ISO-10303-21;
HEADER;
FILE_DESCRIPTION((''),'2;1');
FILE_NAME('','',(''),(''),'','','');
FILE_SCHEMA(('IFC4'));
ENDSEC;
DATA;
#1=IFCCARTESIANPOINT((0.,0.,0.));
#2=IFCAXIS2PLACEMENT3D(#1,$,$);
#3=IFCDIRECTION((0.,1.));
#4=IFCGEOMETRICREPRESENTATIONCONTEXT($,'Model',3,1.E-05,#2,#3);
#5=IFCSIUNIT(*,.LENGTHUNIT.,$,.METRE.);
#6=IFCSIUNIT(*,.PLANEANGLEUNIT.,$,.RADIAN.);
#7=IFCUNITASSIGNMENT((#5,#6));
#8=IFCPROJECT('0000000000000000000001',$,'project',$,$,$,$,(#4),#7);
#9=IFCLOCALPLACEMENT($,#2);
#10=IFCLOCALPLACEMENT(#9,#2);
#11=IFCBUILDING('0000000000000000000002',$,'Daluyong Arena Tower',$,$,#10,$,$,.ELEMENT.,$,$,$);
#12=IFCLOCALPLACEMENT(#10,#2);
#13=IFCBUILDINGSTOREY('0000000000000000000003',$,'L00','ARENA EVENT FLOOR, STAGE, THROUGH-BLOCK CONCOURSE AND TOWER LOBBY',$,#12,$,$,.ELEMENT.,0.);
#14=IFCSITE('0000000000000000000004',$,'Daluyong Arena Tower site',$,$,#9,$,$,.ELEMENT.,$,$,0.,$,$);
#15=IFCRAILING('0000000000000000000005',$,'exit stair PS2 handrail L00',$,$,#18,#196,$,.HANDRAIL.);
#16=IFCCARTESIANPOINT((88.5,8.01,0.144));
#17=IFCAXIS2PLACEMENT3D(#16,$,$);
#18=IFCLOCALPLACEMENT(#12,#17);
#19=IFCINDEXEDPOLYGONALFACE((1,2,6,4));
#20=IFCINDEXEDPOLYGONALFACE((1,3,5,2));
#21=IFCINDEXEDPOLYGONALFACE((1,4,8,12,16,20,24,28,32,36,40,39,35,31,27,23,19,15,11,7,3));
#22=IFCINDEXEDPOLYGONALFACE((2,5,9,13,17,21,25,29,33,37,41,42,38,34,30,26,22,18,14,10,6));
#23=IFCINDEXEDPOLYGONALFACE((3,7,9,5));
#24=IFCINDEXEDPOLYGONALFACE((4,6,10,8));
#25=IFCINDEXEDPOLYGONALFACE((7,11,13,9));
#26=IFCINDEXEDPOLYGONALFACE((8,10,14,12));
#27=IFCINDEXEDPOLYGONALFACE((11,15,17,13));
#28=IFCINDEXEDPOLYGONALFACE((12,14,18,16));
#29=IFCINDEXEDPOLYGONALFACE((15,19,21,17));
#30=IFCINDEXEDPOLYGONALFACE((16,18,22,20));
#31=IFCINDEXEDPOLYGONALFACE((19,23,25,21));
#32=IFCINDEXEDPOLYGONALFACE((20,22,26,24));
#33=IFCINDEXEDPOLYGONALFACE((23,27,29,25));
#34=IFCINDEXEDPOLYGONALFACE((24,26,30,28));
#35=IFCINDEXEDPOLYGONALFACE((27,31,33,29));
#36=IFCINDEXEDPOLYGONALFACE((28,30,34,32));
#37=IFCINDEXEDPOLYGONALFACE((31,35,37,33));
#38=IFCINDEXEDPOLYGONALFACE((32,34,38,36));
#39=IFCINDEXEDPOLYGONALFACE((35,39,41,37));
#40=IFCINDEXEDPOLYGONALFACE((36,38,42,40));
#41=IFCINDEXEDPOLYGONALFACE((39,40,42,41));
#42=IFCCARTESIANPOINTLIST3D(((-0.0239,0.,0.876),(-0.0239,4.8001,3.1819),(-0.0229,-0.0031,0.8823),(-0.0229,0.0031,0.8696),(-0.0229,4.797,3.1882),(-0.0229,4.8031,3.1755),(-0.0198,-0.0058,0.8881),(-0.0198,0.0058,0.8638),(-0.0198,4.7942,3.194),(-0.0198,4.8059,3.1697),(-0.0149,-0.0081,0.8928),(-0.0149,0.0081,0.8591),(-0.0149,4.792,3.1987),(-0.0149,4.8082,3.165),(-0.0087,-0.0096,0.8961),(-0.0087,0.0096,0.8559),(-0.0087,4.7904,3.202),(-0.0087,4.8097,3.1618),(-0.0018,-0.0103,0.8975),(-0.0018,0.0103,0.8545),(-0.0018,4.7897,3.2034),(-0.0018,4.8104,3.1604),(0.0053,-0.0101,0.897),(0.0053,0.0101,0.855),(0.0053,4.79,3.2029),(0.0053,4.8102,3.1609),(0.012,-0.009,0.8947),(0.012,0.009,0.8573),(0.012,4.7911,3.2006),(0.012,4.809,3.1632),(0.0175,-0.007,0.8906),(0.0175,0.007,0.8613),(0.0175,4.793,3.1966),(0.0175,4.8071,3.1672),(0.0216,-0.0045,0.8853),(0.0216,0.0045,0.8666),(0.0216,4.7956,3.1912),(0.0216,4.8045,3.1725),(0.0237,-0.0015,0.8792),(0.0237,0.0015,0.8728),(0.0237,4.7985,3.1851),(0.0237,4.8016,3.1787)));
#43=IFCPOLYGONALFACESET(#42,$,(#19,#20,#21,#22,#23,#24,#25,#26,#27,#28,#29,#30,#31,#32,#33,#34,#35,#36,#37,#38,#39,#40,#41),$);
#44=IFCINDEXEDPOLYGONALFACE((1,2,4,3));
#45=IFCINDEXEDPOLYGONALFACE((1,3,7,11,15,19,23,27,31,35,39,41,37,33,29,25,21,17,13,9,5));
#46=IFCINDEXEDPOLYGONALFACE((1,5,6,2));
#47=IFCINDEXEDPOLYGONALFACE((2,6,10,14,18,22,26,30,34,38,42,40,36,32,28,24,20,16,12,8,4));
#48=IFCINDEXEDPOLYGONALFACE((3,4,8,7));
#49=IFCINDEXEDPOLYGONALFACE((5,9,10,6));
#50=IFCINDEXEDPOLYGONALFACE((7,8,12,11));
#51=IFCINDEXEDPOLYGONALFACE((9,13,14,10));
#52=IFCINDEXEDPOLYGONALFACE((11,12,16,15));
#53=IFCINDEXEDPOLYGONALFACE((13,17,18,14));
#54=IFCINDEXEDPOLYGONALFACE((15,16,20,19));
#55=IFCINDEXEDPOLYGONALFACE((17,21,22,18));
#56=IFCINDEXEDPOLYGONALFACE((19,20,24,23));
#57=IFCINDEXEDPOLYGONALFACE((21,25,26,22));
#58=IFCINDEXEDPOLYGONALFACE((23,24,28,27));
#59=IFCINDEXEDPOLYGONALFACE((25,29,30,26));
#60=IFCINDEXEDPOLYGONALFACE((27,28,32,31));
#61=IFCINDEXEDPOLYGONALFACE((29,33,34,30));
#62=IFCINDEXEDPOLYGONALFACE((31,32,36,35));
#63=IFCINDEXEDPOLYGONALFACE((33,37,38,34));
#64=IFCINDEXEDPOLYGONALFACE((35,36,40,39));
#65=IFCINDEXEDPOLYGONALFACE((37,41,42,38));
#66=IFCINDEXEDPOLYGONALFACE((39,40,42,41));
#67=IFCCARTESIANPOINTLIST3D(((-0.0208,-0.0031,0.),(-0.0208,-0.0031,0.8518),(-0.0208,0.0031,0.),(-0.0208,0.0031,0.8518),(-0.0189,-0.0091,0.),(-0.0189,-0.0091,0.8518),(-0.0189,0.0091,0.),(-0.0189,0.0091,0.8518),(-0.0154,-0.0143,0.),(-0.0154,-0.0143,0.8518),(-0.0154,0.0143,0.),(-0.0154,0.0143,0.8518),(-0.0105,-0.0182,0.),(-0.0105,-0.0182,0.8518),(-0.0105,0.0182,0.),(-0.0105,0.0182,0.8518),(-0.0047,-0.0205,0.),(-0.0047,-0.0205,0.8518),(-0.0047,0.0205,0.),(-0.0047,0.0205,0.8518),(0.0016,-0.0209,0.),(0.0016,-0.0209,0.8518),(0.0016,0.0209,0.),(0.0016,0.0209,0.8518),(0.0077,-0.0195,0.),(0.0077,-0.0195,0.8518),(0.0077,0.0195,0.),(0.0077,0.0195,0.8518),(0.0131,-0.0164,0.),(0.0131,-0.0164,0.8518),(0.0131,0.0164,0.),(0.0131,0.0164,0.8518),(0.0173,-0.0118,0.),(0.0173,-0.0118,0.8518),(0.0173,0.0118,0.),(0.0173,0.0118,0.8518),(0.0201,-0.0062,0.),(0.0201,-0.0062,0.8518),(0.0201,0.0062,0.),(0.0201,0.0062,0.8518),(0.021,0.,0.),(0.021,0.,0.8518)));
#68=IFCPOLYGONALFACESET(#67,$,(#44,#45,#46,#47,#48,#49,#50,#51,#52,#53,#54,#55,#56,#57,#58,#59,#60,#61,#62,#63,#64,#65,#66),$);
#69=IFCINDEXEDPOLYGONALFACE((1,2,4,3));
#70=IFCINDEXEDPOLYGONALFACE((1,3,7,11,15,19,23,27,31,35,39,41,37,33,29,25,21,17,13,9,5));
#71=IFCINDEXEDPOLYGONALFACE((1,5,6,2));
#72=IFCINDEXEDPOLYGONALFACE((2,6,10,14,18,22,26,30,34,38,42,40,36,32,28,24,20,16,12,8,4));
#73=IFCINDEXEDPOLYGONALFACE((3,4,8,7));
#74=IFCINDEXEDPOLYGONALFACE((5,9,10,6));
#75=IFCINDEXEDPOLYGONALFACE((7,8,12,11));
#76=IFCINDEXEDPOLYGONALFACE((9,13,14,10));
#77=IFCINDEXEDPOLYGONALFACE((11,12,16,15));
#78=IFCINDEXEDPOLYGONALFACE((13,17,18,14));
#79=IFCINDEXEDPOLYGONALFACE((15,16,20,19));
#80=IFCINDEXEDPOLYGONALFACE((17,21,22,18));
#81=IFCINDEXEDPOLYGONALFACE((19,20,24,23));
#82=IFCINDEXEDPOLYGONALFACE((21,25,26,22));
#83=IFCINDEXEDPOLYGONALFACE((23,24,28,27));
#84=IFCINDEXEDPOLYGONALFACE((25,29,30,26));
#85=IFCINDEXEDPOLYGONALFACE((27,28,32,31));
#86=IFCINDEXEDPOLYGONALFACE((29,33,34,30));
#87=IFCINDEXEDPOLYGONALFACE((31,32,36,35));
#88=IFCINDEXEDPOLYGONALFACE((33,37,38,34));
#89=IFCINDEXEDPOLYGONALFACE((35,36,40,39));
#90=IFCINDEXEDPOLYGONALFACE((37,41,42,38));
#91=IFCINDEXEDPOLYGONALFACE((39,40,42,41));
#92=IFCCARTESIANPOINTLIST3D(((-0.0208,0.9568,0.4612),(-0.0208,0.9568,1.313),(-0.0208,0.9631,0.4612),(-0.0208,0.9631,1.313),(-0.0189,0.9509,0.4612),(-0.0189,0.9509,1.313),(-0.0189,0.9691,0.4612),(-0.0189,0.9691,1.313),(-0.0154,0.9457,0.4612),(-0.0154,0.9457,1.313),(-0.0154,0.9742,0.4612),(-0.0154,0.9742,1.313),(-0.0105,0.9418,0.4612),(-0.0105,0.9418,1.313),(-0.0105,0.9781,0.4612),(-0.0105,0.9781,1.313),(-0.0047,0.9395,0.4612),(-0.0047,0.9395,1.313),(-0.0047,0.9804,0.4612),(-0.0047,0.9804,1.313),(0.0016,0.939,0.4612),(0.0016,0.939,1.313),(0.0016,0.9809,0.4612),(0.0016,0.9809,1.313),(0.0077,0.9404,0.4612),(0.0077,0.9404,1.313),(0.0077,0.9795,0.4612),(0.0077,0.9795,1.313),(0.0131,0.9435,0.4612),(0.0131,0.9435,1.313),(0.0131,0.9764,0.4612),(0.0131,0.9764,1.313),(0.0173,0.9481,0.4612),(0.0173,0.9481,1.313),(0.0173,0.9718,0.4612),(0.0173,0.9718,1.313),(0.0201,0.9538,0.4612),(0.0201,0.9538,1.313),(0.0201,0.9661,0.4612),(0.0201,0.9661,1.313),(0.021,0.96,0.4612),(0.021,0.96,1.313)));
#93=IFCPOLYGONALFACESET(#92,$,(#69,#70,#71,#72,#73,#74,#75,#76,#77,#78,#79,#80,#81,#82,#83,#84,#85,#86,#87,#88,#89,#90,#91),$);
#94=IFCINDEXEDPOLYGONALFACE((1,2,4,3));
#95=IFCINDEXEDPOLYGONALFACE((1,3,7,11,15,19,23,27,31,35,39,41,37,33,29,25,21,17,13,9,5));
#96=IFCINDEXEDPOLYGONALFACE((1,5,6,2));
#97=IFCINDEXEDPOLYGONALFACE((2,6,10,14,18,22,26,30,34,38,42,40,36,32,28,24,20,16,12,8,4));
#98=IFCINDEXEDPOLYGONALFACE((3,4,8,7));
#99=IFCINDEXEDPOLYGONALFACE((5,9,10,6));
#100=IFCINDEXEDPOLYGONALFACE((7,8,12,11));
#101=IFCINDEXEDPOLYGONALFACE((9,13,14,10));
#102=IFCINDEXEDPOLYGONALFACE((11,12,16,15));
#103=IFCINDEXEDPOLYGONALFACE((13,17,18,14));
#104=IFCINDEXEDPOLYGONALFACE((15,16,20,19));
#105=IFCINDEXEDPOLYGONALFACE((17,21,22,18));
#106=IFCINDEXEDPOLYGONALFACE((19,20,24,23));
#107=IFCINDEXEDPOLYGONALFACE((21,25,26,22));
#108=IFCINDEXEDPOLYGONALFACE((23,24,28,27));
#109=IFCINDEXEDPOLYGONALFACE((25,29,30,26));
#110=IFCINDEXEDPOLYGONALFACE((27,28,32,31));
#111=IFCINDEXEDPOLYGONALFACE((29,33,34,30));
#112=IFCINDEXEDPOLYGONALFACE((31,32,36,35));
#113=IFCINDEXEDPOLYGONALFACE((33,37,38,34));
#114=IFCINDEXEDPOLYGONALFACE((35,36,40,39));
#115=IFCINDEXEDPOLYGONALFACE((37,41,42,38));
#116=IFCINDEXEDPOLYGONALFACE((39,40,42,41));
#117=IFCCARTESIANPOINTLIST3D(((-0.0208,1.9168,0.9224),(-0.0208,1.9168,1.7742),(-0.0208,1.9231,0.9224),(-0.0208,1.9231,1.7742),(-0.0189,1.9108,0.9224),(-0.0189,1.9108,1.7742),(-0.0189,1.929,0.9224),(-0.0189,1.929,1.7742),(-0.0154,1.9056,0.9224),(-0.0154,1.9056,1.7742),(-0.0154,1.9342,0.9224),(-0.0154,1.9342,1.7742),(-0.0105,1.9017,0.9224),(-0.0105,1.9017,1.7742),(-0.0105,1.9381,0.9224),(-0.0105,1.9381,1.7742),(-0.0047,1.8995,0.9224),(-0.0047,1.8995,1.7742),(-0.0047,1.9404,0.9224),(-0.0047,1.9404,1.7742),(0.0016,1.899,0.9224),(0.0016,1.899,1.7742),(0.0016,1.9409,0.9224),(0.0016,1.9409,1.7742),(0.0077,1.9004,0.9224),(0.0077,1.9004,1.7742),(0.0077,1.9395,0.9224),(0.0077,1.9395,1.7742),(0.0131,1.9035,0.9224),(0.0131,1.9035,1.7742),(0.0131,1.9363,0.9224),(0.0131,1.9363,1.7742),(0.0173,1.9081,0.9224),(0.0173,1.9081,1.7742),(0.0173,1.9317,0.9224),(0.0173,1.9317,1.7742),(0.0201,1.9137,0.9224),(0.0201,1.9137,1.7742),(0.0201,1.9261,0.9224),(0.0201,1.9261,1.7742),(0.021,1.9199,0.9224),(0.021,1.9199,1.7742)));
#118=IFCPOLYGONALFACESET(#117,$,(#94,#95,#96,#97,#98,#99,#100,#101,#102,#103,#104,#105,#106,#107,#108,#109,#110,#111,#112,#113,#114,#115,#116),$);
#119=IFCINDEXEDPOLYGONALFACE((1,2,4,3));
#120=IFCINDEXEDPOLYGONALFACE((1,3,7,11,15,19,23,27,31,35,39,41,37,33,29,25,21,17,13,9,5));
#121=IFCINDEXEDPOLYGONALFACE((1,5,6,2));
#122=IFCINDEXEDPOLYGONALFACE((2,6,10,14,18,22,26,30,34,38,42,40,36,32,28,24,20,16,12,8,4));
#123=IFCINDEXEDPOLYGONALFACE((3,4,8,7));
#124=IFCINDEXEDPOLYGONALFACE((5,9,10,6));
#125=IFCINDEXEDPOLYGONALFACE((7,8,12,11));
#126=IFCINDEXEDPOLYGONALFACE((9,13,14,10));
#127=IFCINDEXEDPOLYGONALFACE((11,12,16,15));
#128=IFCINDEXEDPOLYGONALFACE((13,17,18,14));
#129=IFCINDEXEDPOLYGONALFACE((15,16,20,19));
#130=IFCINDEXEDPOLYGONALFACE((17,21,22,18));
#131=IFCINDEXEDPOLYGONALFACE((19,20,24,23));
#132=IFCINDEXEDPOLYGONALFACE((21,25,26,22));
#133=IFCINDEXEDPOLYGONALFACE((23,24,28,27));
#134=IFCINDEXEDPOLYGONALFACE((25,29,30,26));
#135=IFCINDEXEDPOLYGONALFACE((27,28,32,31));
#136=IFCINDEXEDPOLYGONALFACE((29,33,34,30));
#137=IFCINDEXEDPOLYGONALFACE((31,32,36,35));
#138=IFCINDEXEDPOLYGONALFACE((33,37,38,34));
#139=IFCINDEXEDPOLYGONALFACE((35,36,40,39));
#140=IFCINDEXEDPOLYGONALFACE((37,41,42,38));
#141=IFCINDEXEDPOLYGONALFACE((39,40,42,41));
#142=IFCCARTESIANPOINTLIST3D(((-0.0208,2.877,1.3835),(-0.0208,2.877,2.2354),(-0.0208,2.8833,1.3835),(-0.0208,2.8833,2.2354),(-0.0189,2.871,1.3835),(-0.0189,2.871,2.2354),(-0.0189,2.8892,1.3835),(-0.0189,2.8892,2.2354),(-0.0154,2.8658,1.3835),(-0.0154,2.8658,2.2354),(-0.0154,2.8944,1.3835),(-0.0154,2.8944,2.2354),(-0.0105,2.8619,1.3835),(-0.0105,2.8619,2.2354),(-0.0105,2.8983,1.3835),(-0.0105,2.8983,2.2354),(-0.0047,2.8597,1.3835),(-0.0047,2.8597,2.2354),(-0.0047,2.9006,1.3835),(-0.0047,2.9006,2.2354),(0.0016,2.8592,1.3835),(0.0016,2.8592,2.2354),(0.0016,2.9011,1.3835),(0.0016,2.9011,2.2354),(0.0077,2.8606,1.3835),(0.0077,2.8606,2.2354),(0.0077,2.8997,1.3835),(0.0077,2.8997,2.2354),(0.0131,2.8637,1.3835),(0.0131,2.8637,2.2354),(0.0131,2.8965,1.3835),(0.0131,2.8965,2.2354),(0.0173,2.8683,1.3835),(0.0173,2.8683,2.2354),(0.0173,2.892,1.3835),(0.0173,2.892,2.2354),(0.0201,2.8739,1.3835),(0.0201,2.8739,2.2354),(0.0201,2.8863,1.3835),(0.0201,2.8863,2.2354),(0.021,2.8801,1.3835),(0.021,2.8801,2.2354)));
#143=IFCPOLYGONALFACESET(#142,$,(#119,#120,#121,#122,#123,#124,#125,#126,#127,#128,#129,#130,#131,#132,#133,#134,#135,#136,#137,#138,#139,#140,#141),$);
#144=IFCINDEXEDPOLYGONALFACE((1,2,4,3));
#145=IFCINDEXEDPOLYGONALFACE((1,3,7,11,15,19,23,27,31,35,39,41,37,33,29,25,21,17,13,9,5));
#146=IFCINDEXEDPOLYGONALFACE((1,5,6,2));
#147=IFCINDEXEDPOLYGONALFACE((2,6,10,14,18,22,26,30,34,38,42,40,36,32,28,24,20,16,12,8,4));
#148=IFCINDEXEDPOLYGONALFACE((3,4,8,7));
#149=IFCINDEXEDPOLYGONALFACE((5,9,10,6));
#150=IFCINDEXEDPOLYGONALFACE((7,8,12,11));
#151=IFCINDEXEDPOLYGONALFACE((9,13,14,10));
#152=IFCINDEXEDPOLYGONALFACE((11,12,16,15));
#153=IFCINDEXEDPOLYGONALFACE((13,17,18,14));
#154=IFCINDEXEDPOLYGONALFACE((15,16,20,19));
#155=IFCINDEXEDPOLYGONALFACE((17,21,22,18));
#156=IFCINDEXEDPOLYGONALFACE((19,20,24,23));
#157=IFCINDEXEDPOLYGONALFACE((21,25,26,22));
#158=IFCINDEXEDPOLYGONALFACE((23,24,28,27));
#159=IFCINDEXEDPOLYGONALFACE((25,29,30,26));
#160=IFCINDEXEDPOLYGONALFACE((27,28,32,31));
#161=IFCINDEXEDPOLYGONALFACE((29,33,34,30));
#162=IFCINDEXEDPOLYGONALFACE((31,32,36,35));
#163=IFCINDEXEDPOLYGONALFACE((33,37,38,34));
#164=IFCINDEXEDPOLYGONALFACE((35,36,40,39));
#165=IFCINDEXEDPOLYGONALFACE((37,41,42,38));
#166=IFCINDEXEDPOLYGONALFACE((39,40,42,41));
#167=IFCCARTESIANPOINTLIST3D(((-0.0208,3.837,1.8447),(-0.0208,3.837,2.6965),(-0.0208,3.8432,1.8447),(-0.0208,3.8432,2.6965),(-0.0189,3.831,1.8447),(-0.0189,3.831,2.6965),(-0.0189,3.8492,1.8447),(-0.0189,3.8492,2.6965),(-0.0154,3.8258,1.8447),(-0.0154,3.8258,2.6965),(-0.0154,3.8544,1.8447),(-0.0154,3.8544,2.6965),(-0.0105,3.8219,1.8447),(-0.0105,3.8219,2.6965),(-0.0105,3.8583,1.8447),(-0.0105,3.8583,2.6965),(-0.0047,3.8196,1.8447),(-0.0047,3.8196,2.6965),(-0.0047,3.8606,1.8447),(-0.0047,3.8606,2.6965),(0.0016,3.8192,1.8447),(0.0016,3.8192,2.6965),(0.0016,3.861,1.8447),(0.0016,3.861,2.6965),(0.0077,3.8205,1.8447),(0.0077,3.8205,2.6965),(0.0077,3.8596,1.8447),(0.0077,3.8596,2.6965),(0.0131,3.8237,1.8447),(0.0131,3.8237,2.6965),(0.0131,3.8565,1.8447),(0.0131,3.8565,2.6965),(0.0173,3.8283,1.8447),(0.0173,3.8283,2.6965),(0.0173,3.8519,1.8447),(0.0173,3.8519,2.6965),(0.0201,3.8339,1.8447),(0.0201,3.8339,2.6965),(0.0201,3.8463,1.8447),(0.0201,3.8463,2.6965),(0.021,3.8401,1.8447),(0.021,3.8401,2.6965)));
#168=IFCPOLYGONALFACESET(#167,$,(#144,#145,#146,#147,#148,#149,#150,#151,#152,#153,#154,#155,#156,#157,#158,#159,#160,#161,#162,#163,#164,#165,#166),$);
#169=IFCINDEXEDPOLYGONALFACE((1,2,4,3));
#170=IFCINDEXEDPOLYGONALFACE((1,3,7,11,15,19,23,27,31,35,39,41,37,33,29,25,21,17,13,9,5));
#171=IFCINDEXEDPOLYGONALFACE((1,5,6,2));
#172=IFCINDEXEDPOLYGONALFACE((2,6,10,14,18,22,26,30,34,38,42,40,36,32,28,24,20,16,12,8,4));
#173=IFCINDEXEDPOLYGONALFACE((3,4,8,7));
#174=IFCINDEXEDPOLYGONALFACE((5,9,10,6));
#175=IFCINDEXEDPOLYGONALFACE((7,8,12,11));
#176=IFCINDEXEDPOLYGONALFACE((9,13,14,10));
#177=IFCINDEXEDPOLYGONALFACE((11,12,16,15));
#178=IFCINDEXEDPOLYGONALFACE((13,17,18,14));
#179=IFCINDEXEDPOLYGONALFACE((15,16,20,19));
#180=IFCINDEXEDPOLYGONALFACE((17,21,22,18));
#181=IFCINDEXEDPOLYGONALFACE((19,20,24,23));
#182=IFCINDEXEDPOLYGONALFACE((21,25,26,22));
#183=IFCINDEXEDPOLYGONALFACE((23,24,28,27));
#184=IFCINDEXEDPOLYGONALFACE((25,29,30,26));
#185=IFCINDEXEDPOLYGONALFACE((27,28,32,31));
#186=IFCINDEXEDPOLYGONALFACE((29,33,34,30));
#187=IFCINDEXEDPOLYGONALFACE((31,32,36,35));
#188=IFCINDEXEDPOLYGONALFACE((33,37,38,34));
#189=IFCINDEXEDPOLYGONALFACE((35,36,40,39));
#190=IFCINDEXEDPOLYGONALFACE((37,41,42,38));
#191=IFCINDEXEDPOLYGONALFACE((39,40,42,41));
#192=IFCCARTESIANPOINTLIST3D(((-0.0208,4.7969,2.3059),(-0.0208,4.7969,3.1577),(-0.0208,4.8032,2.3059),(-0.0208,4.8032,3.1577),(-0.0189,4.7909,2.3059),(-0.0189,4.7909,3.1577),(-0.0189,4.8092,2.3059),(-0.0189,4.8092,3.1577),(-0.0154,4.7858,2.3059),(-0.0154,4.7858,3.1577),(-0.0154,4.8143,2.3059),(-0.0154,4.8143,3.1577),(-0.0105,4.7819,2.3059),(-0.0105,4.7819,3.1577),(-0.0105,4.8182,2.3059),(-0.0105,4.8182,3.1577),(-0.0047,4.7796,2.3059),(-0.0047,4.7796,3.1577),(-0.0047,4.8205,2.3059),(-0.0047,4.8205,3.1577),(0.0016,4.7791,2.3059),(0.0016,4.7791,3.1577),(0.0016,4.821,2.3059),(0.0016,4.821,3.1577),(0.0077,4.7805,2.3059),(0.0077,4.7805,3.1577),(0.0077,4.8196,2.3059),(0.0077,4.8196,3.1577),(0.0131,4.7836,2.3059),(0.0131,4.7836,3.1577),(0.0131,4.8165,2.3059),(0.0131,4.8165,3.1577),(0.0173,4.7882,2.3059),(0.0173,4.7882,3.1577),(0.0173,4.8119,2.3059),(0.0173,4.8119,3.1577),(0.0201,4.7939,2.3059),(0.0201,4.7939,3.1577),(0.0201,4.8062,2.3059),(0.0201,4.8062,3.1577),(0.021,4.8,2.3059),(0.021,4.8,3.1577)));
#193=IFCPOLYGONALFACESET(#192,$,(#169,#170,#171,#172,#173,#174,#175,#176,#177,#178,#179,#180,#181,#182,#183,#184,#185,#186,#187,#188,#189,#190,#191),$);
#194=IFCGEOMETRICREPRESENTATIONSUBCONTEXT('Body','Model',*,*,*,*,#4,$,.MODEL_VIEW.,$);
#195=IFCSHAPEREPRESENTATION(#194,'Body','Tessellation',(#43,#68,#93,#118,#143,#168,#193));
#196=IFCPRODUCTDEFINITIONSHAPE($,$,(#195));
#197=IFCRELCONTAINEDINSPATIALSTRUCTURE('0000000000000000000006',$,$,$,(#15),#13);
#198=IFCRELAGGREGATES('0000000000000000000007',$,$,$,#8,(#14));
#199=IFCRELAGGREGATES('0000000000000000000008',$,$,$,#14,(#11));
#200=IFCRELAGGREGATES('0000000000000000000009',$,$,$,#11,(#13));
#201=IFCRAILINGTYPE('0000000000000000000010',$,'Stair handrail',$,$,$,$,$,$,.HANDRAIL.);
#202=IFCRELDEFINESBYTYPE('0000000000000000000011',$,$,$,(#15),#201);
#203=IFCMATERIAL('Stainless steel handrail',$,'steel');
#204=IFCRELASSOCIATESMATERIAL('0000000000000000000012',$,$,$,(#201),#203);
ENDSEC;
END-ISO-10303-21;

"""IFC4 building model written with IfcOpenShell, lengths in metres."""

from ifc_helpers import new_model, si_unit, direction, frame, origin, origin_2d, place, context, subcontext, project, spatial, circle, extrude, material, type_object, element, save


model = new_model("IFC4")

# Units and contexts
model_context = context("Model", 3, precision=1e-05, world=origin(), true_north=direction((0.0, 1.0)))
body_context = subcontext(model_context, "Body", "Model", "MODEL_VIEW")
ifc_project = project(units=[si_unit("LENGTHUNIT", "METRE"), si_unit("PLANEANGLEUNIT", "RADIAN")], contexts=[model_context])

# Site, building, storey
site_placement = place(None, origin())
site = spatial("IfcSite", under=ifc_project, at=site_placement, Name="Daluyong Arena Tower site", CompositionType="ELEMENT", RefElevation=0.0)
building_placement = place(site_placement, origin())
building = spatial("IfcBuilding", under=site, at=building_placement, Name="Daluyong Arena Tower", CompositionType="ELEMENT")
storey_placement = place(building_placement, origin())
storey = spatial("IfcBuildingStorey", under=building, at=storey_placement, Name="L00", Description="ARENA EVENT FLOOR, STAGE, THROUGH-BLOCK CONCOURSE AND TOWER LOBBY", CompositionType="ELEMENT", Elevation=0.0)

# Railing
ifc_material_1 = material(Name="Stainless steel handrail", Category="steel")
railing_type_1 = type_object("IfcRailingType", Name="Stair handrail", PredefinedType="HANDRAIL", material=ifc_material_1)
railing_1_placement = place(storey_placement, frame((88.5, 8.01, 0.144)))
element("IfcRailing", 1, at=railing_1_placement, inside=storey, type_object=railing_type_1, Name="exit stair PS2 handrail L00", PredefinedType="HANDRAIL", context=body_context, shape_type="SweptSolid", body=[
    extrude(circle(Radius=0.0239, at=origin_2d()), frame((0.0, 0.0, 0.876), z_axis=(0.0, 0.901385, 0.433019), x_axis=(-1.0, 0.0, 0.0)), (0.0, 0.0, 1.0), 5.3252),
    extrude(circle(Radius=0.021, at=origin_2d()), origin(), (0.0, 0.0, 1.0), 0.8518),
    extrude(circle(Radius=0.021, at=origin_2d()), frame((0.0, 0.96, 0.4612)), (0.0, 0.0, 1.0), 0.8518),
    extrude(circle(Radius=0.021, at=origin_2d()), frame((0.0, 1.9199, 0.9224)), (0.0, 0.0, 1.0), 0.8518),
    extrude(circle(Radius=0.021, at=origin_2d()), frame((0.0, 2.8801, 1.3835)), (0.0, 0.0, 1.0), 0.8518),
    extrude(circle(Radius=0.021, at=origin_2d()), frame((0.0, 3.8401, 1.8447)), (0.0, 0.0, 1.0), 0.8518),
    extrude(circle(Radius=0.021, at=origin_2d()), frame((0.0, 4.8, 2.3059)), (0.0, 0.0, 1.0), 0.8518),
])

save(model, "model.ifc")
